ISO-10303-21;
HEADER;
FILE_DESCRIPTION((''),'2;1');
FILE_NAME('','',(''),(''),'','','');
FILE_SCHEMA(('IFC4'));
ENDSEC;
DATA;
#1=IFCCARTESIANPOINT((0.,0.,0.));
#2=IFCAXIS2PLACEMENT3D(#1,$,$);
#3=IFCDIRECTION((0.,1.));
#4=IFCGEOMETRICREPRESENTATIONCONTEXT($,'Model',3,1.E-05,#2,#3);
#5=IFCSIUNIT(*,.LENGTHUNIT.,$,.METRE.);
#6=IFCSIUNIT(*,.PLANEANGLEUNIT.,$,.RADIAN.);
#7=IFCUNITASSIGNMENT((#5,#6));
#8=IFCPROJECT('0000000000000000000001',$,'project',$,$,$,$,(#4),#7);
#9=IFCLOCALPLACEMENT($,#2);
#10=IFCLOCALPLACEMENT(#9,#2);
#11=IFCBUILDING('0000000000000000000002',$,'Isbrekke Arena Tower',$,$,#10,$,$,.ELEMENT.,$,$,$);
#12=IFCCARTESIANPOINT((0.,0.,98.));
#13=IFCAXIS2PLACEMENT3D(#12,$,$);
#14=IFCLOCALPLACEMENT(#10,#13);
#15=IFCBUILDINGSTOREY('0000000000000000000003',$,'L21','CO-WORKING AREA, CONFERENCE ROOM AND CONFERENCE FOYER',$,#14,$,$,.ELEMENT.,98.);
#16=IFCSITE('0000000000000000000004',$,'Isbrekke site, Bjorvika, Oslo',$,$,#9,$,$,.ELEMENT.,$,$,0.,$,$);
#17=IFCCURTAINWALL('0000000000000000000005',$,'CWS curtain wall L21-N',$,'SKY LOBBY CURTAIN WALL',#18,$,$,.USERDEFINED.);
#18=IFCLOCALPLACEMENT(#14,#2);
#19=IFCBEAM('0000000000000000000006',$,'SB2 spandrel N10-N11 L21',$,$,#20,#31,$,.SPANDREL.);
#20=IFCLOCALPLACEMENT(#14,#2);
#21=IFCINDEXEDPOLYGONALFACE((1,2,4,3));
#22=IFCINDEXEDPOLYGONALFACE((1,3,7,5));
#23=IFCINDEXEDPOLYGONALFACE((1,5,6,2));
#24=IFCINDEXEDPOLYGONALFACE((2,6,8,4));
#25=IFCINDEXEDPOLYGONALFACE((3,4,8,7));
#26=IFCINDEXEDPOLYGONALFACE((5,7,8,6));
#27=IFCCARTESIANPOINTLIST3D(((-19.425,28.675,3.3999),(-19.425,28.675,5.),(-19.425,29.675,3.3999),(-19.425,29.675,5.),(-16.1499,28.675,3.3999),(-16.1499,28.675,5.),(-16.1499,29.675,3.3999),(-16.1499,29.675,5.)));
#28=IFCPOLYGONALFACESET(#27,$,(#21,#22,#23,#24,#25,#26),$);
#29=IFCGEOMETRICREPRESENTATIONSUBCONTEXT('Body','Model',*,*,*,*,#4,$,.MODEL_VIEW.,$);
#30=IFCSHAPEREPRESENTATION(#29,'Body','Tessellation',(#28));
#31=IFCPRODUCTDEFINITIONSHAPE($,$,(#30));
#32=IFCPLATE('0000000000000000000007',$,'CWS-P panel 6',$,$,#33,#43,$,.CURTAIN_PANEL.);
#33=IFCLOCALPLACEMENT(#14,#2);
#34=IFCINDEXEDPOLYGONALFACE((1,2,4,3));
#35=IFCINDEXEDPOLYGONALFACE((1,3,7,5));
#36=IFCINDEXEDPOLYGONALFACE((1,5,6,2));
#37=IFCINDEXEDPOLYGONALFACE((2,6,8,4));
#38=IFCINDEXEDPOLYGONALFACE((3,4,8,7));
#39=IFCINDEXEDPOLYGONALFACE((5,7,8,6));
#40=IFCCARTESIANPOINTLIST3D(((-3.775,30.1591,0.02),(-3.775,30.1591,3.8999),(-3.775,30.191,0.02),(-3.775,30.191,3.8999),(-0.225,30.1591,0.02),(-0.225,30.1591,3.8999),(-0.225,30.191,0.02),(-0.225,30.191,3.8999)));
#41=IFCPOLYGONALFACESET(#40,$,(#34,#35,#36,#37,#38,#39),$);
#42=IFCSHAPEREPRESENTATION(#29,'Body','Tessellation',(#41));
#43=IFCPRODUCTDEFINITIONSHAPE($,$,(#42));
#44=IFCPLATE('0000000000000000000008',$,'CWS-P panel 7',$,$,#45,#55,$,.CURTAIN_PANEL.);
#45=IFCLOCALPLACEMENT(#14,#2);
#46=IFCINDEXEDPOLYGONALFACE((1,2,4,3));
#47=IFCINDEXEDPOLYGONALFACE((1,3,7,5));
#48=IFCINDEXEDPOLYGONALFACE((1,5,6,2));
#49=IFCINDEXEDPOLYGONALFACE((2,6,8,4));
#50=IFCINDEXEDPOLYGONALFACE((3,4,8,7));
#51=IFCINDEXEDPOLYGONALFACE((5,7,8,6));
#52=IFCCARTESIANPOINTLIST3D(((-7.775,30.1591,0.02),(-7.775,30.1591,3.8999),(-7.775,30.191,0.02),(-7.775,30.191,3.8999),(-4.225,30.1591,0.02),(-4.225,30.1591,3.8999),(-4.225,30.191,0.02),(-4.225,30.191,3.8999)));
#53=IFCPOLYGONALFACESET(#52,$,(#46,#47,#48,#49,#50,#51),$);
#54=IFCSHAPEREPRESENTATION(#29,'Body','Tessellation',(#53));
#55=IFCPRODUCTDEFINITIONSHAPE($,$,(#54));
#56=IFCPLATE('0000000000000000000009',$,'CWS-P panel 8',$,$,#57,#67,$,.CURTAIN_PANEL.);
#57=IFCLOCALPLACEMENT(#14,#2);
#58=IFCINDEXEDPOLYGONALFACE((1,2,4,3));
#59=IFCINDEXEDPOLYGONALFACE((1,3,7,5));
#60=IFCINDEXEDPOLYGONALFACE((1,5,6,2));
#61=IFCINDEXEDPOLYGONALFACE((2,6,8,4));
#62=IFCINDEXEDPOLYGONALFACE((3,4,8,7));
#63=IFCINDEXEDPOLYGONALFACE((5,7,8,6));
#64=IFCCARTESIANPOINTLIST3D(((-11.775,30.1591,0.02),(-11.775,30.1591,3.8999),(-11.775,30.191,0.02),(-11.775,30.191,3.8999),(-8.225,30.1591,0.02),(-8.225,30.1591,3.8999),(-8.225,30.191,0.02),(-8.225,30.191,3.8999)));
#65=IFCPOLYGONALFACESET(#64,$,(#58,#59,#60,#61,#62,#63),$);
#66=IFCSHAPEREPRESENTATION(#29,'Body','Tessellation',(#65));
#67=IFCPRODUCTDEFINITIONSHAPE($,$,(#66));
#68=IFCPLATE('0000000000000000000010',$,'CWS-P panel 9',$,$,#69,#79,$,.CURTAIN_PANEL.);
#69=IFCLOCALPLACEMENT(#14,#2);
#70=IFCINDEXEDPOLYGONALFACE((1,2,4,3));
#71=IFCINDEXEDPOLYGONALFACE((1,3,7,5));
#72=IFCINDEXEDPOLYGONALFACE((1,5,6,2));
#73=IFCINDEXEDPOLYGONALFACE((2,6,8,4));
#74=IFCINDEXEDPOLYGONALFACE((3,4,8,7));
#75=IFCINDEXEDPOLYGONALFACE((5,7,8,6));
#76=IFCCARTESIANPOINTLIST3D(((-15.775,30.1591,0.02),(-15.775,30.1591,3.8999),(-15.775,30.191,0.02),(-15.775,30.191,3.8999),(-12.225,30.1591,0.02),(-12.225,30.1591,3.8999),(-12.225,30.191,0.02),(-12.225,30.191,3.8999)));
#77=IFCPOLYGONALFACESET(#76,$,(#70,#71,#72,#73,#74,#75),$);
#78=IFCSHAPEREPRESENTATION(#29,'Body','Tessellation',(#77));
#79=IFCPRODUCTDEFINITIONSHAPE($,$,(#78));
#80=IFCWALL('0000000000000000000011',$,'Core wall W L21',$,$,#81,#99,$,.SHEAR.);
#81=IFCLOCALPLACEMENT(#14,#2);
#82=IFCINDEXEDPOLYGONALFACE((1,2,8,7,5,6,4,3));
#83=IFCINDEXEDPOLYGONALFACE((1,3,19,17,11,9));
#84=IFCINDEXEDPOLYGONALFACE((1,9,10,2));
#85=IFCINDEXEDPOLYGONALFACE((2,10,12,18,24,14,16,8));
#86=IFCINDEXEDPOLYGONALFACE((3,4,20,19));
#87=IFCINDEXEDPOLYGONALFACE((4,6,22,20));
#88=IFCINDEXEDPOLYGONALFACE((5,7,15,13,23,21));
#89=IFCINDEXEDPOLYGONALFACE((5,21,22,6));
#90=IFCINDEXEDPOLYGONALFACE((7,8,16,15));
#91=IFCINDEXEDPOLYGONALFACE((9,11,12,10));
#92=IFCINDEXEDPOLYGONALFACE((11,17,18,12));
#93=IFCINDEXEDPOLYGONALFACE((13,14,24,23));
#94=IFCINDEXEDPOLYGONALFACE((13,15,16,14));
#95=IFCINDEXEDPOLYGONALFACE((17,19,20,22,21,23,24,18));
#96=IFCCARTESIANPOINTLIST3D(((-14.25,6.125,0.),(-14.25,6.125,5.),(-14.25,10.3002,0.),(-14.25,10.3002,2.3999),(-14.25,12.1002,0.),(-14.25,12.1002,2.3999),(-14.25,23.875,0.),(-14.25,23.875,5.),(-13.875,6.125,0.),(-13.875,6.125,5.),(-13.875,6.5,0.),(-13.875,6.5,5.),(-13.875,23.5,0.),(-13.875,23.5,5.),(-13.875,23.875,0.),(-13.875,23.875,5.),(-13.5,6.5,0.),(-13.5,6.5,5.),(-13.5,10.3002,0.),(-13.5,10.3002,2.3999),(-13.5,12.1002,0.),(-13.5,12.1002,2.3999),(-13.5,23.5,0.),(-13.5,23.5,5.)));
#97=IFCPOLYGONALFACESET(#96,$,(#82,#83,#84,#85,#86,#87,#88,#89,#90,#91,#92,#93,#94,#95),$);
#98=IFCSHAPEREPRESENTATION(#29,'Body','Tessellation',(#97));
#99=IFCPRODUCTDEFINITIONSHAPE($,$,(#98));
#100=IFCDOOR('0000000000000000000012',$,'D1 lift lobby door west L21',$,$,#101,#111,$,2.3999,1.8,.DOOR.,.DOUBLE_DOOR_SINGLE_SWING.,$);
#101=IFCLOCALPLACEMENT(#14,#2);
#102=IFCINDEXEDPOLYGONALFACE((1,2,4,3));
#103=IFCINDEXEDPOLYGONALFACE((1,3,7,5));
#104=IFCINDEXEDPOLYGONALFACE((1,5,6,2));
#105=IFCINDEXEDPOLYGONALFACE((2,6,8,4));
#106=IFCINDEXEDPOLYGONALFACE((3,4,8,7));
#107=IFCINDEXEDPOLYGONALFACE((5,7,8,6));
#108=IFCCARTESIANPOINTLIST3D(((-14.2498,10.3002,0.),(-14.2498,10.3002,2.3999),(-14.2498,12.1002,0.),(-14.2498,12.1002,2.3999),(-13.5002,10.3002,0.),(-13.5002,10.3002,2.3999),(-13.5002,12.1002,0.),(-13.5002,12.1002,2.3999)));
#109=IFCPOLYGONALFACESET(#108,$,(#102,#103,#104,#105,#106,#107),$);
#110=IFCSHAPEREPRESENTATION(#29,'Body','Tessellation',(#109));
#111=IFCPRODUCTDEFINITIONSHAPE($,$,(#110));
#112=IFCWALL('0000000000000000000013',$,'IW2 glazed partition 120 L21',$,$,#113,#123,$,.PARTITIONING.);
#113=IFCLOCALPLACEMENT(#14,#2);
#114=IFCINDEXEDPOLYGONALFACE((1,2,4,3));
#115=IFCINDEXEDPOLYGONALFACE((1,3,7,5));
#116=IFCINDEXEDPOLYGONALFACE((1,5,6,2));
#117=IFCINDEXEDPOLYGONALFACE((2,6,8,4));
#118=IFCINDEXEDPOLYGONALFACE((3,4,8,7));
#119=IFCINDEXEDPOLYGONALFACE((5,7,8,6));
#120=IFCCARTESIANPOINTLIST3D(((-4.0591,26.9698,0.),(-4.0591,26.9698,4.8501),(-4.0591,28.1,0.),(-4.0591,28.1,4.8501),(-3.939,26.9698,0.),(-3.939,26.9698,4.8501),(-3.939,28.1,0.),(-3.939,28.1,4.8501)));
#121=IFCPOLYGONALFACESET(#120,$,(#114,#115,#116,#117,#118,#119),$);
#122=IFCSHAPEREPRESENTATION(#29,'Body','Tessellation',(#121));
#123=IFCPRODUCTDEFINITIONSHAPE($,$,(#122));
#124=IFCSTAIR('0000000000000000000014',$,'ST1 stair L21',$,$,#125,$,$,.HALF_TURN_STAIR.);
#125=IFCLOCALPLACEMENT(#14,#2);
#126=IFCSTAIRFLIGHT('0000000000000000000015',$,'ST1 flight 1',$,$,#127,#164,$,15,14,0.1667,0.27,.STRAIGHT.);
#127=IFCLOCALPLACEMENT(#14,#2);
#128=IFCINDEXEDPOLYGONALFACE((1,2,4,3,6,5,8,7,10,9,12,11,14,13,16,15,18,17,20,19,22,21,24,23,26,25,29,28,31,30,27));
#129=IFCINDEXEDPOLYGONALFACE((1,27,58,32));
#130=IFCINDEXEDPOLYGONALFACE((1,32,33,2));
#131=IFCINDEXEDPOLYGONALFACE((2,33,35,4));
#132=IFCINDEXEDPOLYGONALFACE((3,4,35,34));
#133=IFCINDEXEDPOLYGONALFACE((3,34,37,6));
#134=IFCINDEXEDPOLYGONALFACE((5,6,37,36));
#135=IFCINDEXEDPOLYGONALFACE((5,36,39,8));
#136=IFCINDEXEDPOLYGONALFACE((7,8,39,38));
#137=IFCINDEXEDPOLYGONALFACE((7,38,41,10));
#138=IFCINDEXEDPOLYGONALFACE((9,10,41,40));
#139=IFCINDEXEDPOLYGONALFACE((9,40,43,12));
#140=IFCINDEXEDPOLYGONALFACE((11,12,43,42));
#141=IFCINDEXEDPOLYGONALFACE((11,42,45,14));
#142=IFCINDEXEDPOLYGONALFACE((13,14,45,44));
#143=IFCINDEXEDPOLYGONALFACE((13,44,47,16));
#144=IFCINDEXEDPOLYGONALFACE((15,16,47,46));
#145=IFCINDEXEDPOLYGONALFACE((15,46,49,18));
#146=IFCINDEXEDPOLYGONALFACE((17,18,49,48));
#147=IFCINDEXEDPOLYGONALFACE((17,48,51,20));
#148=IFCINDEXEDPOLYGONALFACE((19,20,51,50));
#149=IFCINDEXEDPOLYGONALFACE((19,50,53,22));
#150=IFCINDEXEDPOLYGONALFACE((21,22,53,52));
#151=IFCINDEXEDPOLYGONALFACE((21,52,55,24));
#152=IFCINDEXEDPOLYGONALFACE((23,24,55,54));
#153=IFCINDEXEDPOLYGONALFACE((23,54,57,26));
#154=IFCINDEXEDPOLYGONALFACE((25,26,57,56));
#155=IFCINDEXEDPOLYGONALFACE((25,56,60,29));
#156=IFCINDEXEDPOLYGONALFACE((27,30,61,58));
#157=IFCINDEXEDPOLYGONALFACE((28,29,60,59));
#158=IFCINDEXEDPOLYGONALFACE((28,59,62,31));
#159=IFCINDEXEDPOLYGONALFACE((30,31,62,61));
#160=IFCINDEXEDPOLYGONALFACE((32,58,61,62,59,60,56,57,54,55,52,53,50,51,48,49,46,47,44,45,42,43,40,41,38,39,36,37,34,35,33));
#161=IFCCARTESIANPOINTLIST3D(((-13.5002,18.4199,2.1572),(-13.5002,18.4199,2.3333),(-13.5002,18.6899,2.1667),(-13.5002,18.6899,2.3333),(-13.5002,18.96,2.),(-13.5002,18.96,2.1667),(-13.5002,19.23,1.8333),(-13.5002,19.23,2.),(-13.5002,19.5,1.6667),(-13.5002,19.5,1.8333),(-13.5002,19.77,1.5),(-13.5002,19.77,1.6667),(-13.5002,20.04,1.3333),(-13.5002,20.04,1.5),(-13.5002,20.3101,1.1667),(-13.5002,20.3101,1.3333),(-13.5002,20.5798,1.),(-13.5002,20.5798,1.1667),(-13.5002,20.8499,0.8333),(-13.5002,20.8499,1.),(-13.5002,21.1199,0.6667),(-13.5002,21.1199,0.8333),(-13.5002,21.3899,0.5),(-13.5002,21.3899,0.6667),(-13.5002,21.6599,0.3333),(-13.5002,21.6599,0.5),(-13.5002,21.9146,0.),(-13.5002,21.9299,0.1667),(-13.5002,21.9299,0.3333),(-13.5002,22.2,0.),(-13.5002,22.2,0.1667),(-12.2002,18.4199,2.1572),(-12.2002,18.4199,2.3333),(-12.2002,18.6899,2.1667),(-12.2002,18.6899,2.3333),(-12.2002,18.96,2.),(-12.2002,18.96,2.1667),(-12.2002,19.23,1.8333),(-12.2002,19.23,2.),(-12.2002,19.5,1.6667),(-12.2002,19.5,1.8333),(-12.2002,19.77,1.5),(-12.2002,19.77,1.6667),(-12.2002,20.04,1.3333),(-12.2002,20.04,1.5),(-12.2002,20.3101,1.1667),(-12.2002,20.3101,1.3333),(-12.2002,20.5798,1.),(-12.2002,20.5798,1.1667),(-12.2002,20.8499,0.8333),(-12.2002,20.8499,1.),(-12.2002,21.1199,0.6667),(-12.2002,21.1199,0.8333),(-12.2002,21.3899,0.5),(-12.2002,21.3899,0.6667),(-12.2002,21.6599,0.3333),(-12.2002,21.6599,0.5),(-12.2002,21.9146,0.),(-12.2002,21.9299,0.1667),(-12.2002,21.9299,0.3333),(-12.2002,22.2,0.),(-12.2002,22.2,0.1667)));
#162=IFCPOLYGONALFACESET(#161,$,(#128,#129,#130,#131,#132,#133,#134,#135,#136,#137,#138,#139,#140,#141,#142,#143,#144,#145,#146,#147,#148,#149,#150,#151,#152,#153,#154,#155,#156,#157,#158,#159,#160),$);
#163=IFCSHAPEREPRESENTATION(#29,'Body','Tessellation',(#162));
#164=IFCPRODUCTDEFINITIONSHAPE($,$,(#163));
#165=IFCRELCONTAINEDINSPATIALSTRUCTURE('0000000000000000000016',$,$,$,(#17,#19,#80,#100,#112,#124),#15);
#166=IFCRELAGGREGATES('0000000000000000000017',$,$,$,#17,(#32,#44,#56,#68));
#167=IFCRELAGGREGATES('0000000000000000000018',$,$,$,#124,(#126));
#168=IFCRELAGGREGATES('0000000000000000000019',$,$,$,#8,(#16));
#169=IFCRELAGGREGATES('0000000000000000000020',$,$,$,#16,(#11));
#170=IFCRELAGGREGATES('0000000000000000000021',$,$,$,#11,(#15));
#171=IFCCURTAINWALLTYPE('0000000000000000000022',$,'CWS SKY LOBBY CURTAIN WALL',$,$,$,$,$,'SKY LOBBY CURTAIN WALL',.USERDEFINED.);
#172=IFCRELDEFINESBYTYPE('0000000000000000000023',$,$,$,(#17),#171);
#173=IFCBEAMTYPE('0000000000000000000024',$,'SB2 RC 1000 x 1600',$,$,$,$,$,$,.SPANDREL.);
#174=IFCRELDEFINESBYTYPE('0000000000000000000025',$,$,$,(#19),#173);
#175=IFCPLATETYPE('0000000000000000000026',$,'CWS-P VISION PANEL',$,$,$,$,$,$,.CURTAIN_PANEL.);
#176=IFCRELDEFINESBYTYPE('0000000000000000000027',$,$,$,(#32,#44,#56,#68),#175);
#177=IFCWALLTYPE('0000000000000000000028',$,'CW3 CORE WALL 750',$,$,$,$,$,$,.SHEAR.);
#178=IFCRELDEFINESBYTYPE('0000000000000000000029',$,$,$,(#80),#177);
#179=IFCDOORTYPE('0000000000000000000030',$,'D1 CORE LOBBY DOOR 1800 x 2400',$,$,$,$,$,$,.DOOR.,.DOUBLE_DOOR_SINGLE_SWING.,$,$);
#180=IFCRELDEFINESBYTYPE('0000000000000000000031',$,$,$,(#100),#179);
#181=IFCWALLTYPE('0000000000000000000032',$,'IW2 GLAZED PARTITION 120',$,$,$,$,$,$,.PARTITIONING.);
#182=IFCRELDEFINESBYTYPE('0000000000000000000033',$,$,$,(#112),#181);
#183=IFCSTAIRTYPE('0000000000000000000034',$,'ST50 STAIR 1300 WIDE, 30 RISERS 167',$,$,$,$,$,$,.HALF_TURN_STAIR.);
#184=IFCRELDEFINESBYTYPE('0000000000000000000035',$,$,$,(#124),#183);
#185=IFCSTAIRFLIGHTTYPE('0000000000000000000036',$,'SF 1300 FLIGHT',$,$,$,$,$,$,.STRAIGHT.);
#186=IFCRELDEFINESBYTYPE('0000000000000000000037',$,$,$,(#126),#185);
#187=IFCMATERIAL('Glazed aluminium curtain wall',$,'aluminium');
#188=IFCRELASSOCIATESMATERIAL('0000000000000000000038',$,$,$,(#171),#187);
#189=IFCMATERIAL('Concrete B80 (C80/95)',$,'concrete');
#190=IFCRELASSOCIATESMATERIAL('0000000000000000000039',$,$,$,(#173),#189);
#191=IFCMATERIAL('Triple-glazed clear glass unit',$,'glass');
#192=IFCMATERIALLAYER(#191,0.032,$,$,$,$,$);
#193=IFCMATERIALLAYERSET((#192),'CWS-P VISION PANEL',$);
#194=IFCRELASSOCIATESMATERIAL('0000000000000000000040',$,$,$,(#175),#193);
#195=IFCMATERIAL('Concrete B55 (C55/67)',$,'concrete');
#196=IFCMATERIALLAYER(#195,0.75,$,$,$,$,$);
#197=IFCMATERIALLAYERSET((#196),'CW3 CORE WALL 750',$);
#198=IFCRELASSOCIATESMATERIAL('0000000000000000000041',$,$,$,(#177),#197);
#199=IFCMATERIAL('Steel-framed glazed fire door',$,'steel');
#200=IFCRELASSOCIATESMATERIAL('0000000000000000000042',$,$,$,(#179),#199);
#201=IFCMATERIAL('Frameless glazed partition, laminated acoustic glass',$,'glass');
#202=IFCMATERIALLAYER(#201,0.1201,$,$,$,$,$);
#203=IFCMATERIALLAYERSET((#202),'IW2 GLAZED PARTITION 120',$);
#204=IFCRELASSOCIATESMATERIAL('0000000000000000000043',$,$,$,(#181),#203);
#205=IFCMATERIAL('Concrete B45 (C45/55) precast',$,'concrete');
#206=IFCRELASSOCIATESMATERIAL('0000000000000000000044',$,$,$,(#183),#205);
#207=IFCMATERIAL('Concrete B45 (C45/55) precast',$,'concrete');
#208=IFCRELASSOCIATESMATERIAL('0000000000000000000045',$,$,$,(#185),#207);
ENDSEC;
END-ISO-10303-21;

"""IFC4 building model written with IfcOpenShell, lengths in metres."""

from ifc_helpers import new_model, si_unit, direction, frame, frame_2d, origin, origin_2d, place, context, subcontext, project, spatial, polyline, rectangle, outline, extrude, material, layer, layer_set, material_profile, profile_set, type_object, element, fill, aggregate, save


model = new_model("IFC4")

# Units and contexts
model_context = context("Model", 3, precision=1e-05, world=origin(), true_north=direction((0.0, 1.0)))
body_context = subcontext(model_context, "Body", "Model", "MODEL_VIEW")
ifc_project = project(units=[si_unit("LENGTHUNIT", "METRE"), si_unit("PLANEANGLEUNIT", "RADIAN")], contexts=[model_context])

# Site, building, storey
site_placement = place(None, origin())
site = spatial("IfcSite", under=ifc_project, at=site_placement, Name="Isbrekke site, Bjorvika, Oslo", CompositionType="ELEMENT", RefElevation=0.0)
building_placement = place(site_placement, origin())
building = spatial("IfcBuilding", under=site, at=building_placement, Name="Isbrekke Arena Tower", CompositionType="ELEMENT")
storey_placement = place(building_placement, frame((0.0, 0.0, 98.0)))
storey = spatial("IfcBuildingStorey", under=building, at=storey_placement, Name="L21", Description="CO-WORKING AREA, CONFERENCE ROOM AND CONFERENCE FOYER", CompositionType="ELEMENT", Elevation=98.0)

# Curtain wall
ifc_material_1 = material(Name="Glazed aluminium curtain wall", Category="aluminium")
curtain_wall_type = type_object("IfcCurtainWallType", Name="CWS SKY LOBBY CURTAIN WALL", ElementType="SKY LOBBY CURTAIN WALL", PredefinedType="USERDEFINED", material=ifc_material_1)
curtain_wall_placement = place(storey_placement, origin())
curtain_wall = element("IfcCurtainWall", 1, at=curtain_wall_placement, inside=storey, type_object=curtain_wall_type, Name="CWS curtain wall L21-N", ObjectType="SKY LOBBY CURTAIN WALL", PredefinedType="USERDEFINED")

# Beam
ifc_material_2 = material(Name="Concrete B80 (C80/95)", Category="concrete")
ifc_material_profile_1 = material_profile(ifc_material_2, rectangle(XDim=1.0, YDim=1.6001, at=origin_2d()), Name="RC 1000x1600")
ifc_profile_set_1 = profile_set([ifc_material_profile_1], Name="Concrete B80 (C80/95)")
beam_type_1 = type_object("IfcBeamType", Name="SB2 RC 1000 x 1600", PredefinedType="SPANDREL", material=ifc_profile_set_1)
beam_1_placement = place(storey_placement, frame((-16.1499, 29.175, 4.2), z_axis=(-1.0, 0.0, 0.0), x_axis=(0.0, -1.0, 0.0)))
element("IfcBeam", 2, at=beam_1_placement, inside=storey, type_object=beam_type_1, Name="SB2 spandrel N10-N11 L21", PredefinedType="SPANDREL", context=body_context, shape_type="SweptSolid", body=[
    extrude(rectangle(XDim=1.0, YDim=1.6001, at=origin_2d()), origin(), (0.0, 0.0, 1.0), 3.2751),
])

# Plates
ifc_material_3 = material(Name="Triple-glazed clear glass unit", Category="glass")
ifc_layer_1 = layer(ifc_material_3, 0.032)
ifc_layer_set_1 = layer_set([ifc_layer_1], Name="CWS-P VISION PANEL")
plate_type = type_object("IfcPlateType", Name="CWS-P VISION PANEL", PredefinedType="CURTAIN_PANEL", material=ifc_layer_set_1)
plate_1_placement = place(storey_placement, frame((-2.0, 30.175, 0.02), z_axis=(0.0, 0.0, 1.0), x_axis=(-1.0, 0.0, 0.0)))
plate_1 = element("IfcPlate", 3, at=plate_1_placement, type_object=plate_type, Name="CWS-P panel 6", PredefinedType="CURTAIN_PANEL", context=body_context, shape_type="SweptSolid", body=[
    extrude(rectangle(XDim=3.55, YDim=0.032, at=origin_2d()), origin(), (0.0, 0.0, 1.0), 3.8799),
])
plate_2_placement = place(storey_placement, frame((-6.0, 30.175, 0.02), z_axis=(0.0, 0.0, 1.0), x_axis=(-1.0, 0.0, 0.0)))
plate_2 = element("IfcPlate", 4, at=plate_2_placement, type_object=plate_type, Name="CWS-P panel 7", PredefinedType="CURTAIN_PANEL", context=body_context, shape_type="SweptSolid", body=[
    extrude(rectangle(XDim=3.55, YDim=0.032, at=origin_2d()), origin(), (0.0, 0.0, 1.0), 3.8799),
])
plate_3_placement = place(storey_placement, frame((-10.0, 30.175, 0.02), z_axis=(0.0, 0.0, 1.0), x_axis=(-1.0, 0.0, 0.0)))
plate_3 = element("IfcPlate", 5, at=plate_3_placement, type_object=plate_type, Name="CWS-P panel 8", PredefinedType="CURTAIN_PANEL", context=body_context, shape_type="SweptSolid", body=[
    extrude(rectangle(XDim=3.55, YDim=0.032, at=origin_2d()), origin(), (0.0, 0.0, 1.0), 3.8799),
])
plate_4_placement = place(storey_placement, frame((-14.0, 30.175, 0.02), z_axis=(0.0, 0.0, 1.0), x_axis=(-1.0, 0.0, 0.0)))
plate_4 = element("IfcPlate", 6, at=plate_4_placement, type_object=plate_type, Name="CWS-P panel 9", PredefinedType="CURTAIN_PANEL", context=body_context, shape_type="SweptSolid", body=[
    extrude(rectangle(XDim=3.55, YDim=0.032, at=origin_2d()), origin(), (0.0, 0.0, 1.0), 3.8799),
])
aggregate(curtain_wall, [plate_1, plate_2, plate_3, plate_4])

# Wall, opening, door
ifc_material_4 = material(Name="Concrete B55 (C55/67)", Category="concrete")
ifc_layer_2 = layer(ifc_material_4, 0.75)
ifc_layer_set_2 = layer_set([ifc_layer_2], Name="CW3 CORE WALL 750")
wall_type_1 = type_object("IfcWallType", Name="CW3 CORE WALL 750", PredefinedType="SHEAR", material=ifc_layer_set_2)
wall_1_placement = place(storey_placement, frame((-13.875, 23.875, 0.0), z_axis=(0.0, 0.0, 1.0), x_axis=(0.0, -1.0, 0.0)))
wall_1 = element("IfcWall", 7, at=wall_1_placement, inside=storey, type_object=wall_type_1, Name="Core wall W L21", PredefinedType="SHEAR", context=body_context, shape_type="SweptSolid", body=[
    extrude(outline(polyline([(0.0, -0.375), (17.75, -0.375), (17.75, 0.0), (17.375, 0.0), (17.375, 0.375), (0.375, 0.375), (0.375, 0.0), (0.0, 0.0), (0.0, -0.375)])), origin(), (0.0, 0.0, 1.0), 5.0),
])
opening_placement = place(wall_1_placement, frame((11.7749, 0.0, 0.0)))
opening = element("IfcOpeningElement", 8, at=opening_placement, cuts=wall_1, PredefinedType="OPENING", context=body_context, shape_type="SweptSolid", body=[
    extrude(rectangle(XDim=1.8, YDim=2.3999, at=frame_2d((0.8999, 1.2))), frame((0.0, 0.3899, 0.0), z_axis=(0.0, -1.0, 0.0), x_axis=(1.0, 0.0, 0.0)), (0.0, 0.0, 1.0), 0.7798),
])
ifc_material_5 = material(Name="Steel-framed glazed fire door", Category="steel")
door_type = type_object("IfcDoorType", Name="D1 CORE LOBBY DOOR 1800 x 2400", OperationType="DOUBLE_DOOR_SINGLE_SWING", PredefinedType="DOOR", material=ifc_material_5)
door_placement = place(opening_placement, origin())
door = element("IfcDoor", 9, at=door_placement, inside=storey, type_object=door_type, Name="D1 lift lobby door west L21", OperationType="DOUBLE_DOOR_SINGLE_SWING", OverallHeight=2.3999, OverallWidth=1.8, PredefinedType="DOOR", context=body_context, shape_type="SweptSolid", body=[
    extrude(rectangle(XDim=1.8, YDim=2.3999, at=frame_2d((0.8999, 1.2))), frame((0.0, 0.3748, 0.0), z_axis=(0.0, -1.0, 0.0), x_axis=(1.0, 0.0, 0.0)), (0.0, 0.0, 1.0), 0.7495),
])
fill(opening, door)

# Wall
ifc_material_6 = material(Name="Frameless glazed partition, laminated acoustic glass", Category="glass")
ifc_layer_3 = layer(ifc_material_6, 0.1201)
ifc_layer_set_3 = layer_set([ifc_layer_3], Name="IW2 GLAZED PARTITION 120")
wall_type_2 = type_object("IfcWallType", Name="IW2 GLAZED PARTITION 120", PredefinedType="PARTITIONING", material=ifc_layer_set_3)
wall_2_placement = place(storey_placement, frame((-3.999, 26.97, 0.0), z_axis=(0.0, 0.0, 1.0), x_axis=(0.0, 1.0, 0.0)))
element("IfcWall", 10, at=wall_2_placement, inside=storey, type_object=wall_type_2, Name="IW2 glazed partition 120 L21", PredefinedType="PARTITIONING", context=body_context, shape_type="SweptSolid", body=[
    extrude(rectangle(XDim=1.1301, YDim=0.1201, at=frame_2d((0.5649, 0.0))), origin(), (0.0, 0.0, 1.0), 4.8501),
])

# Stair, stair flight
ifc_material_7 = material(Name="Concrete B45 (C45/55) precast", Category="concrete")
stair_type = type_object("IfcStairType", Name="ST50 STAIR 1300 WIDE, 30 RISERS 167", PredefinedType="HALF_TURN_STAIR", material=ifc_material_7)
stair_placement = place(storey_placement, origin())
stair = element("IfcStair", 11, at=stair_placement, inside=storey, type_object=stair_type, Name="ST1 stair L21", PredefinedType="HALF_TURN_STAIR")
ifc_material_8 = material(Name="Concrete B45 (C45/55) precast", Category="concrete")
stair_flight_type = type_object("IfcStairFlightType", Name="SF 1300 FLIGHT", PredefinedType="STRAIGHT", material=ifc_material_8)
stair_flight_placement = place(storey_placement, frame((-12.8501, 22.2, 0.0), z_axis=(0.0, 0.0, 1.0), x_axis=(0.0, -1.0, 0.0)))
stair_flight = element("IfcStairFlight", 12, at=stair_flight_placement, type_object=stair_flight_type, Name="ST1 flight 1", NumberOfRisers=15, NumberOfTreads=14, PredefinedType="STRAIGHT", RiserHeight=0.1667, TreadLength=0.27, context=body_context, shape_type="SweptSolid", body=[
    extrude(outline(polyline([(0.0, 0.0), (0.0, 0.1667), (0.27, 0.1667), (0.27, 0.3333), (0.54, 0.3333), (0.54, 0.5), (0.8101, 0.5), (0.8101, 0.6667), (1.0801, 0.6667), (1.0801, 0.8333), (1.3501, 0.8333), (1.3501, 1.0), (1.6201, 1.0), (1.6201, 1.1667), (1.8899, 1.1667), (1.8899, 1.3333), (2.1599, 1.3333), (2.1599, 1.5), (2.4299, 1.5), (2.4299, 1.6667), (2.7, 1.6667), (2.7, 1.8333), (2.97, 1.8333), (2.97, 2.0), (3.24, 2.0), (3.24, 2.1667), (3.51, 2.1667), (3.51, 2.3333), (3.78, 2.3333), (3.78, 2.5), (3.78, 2.1572), (0.2854, 0.0), (0.0, 0.0)])), frame((0.0, 0.6499, 0.0), z_axis=(0.0, -1.0, 0.0), x_axis=(1.0, 0.0, 0.0)), (0.0, 0.0, 1.0), 1.3),
])
aggregate(stair, [stair_flight])

save(model, "model.ifc")
